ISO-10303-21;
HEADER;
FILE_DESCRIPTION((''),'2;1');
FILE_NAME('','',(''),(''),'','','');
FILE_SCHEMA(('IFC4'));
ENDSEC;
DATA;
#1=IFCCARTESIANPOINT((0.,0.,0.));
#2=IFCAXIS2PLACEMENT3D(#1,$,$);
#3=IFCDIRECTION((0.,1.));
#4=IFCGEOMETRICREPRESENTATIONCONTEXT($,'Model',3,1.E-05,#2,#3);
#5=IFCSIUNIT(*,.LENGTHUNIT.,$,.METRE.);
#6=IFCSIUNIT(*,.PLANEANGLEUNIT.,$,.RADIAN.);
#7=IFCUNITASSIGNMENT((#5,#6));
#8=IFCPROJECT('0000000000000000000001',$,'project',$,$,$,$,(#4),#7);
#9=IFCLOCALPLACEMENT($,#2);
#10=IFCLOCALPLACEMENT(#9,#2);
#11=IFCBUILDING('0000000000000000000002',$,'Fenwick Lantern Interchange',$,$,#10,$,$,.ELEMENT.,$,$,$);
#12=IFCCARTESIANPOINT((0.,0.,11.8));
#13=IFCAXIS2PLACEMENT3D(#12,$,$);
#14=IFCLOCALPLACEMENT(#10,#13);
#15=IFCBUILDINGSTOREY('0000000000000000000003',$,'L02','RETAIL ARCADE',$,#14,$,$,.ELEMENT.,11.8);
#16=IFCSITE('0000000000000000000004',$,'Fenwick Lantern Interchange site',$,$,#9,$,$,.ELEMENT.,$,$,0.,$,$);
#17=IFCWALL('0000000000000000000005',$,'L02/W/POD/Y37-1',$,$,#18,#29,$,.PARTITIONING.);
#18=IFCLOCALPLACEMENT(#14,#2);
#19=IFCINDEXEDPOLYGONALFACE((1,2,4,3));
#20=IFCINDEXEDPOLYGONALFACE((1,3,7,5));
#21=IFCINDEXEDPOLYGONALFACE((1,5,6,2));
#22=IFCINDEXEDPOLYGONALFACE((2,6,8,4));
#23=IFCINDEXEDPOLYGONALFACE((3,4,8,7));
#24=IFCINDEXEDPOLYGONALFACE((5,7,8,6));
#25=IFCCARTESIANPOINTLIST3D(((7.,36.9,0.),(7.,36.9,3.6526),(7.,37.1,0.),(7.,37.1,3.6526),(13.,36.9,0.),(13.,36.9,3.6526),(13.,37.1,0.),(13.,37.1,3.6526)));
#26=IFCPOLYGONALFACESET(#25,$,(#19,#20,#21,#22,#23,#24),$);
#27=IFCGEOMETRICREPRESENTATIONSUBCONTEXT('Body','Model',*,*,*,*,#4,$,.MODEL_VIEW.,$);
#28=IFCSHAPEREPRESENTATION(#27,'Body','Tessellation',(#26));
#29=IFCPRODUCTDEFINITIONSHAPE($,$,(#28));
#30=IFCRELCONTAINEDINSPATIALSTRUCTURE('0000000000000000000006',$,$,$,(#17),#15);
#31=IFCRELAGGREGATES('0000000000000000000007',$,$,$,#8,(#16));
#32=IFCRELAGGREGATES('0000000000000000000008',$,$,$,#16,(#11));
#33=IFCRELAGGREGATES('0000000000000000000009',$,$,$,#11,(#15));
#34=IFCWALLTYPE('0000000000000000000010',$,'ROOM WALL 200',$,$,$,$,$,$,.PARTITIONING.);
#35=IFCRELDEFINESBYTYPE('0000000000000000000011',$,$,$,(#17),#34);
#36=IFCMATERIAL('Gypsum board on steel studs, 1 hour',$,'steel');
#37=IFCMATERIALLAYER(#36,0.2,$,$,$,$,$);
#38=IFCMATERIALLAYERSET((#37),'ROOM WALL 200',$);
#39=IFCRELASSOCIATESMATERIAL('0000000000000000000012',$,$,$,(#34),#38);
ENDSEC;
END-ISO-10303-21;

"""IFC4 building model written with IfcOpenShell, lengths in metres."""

from ifc_helpers import new_model, si_unit, direction, frame, frame_2d, origin, place, context, subcontext, project, spatial, rectangle, extrude, material, layer, layer_set, type_object, element, save


model = new_model("IFC4")

# Units and contexts
model_context = context("Model", 3, precision=1e-05, world=origin(), true_north=direction((0.0, 1.0)))
body_context = subcontext(model_context, "Body", "Model", "MODEL_VIEW")
ifc_project = project(units=[si_unit("LENGTHUNIT", "METRE"), si_unit("PLANEANGLEUNIT", "RADIAN")], contexts=[model_context])

# Site, building, storey
site_placement = place(None, origin())
site = spatial("IfcSite", under=ifc_project, at=site_placement, Name="Fenwick Lantern Interchange site", CompositionType="ELEMENT", RefElevation=0.0)
building_placement = place(site_placement, origin())
building = spatial("IfcBuilding", under=site, at=building_placement, Name="Fenwick Lantern Interchange", CompositionType="ELEMENT")
storey_placement = place(building_placement, frame((0.0, 0.0, 11.8)))
storey = spatial("IfcBuildingStorey", under=building, at=storey_placement, Name="L02", Description="RETAIL ARCADE", CompositionType="ELEMENT", Elevation=11.8)

# Wall
ifc_material_1 = material(Name="Gypsum board on steel studs, 1 hour", Category="steel")
ifc_layer_1 = layer(ifc_material_1, 0.2)
ifc_layer_set_1 = layer_set([ifc_layer_1], Name="ROOM WALL 200")
wall_type_1 = type_object("IfcWallType", Name="ROOM WALL 200", PredefinedType="PARTITIONING", material=ifc_layer_set_1)
wall_1_placement = place(storey_placement, frame((7.0, 37.0, 0.0), z_axis=(0.0, 0.0, 1.0), x_axis=(1.0, 0.0, 0.0)))
element("IfcWall", 1, at=wall_1_placement, inside=storey, type_object=wall_type_1, Name="L02/W/POD/Y37-1", PredefinedType="PARTITIONING", context=body_context, shape_type="SweptSolid", body=[
    extrude(rectangle(XDim=6.0, YDim=0.2, at=frame_2d((3.0, 0.0))), origin(), (0.0, 0.0, 1.0), 3.6526),
])

save(model, "model.ifc")
